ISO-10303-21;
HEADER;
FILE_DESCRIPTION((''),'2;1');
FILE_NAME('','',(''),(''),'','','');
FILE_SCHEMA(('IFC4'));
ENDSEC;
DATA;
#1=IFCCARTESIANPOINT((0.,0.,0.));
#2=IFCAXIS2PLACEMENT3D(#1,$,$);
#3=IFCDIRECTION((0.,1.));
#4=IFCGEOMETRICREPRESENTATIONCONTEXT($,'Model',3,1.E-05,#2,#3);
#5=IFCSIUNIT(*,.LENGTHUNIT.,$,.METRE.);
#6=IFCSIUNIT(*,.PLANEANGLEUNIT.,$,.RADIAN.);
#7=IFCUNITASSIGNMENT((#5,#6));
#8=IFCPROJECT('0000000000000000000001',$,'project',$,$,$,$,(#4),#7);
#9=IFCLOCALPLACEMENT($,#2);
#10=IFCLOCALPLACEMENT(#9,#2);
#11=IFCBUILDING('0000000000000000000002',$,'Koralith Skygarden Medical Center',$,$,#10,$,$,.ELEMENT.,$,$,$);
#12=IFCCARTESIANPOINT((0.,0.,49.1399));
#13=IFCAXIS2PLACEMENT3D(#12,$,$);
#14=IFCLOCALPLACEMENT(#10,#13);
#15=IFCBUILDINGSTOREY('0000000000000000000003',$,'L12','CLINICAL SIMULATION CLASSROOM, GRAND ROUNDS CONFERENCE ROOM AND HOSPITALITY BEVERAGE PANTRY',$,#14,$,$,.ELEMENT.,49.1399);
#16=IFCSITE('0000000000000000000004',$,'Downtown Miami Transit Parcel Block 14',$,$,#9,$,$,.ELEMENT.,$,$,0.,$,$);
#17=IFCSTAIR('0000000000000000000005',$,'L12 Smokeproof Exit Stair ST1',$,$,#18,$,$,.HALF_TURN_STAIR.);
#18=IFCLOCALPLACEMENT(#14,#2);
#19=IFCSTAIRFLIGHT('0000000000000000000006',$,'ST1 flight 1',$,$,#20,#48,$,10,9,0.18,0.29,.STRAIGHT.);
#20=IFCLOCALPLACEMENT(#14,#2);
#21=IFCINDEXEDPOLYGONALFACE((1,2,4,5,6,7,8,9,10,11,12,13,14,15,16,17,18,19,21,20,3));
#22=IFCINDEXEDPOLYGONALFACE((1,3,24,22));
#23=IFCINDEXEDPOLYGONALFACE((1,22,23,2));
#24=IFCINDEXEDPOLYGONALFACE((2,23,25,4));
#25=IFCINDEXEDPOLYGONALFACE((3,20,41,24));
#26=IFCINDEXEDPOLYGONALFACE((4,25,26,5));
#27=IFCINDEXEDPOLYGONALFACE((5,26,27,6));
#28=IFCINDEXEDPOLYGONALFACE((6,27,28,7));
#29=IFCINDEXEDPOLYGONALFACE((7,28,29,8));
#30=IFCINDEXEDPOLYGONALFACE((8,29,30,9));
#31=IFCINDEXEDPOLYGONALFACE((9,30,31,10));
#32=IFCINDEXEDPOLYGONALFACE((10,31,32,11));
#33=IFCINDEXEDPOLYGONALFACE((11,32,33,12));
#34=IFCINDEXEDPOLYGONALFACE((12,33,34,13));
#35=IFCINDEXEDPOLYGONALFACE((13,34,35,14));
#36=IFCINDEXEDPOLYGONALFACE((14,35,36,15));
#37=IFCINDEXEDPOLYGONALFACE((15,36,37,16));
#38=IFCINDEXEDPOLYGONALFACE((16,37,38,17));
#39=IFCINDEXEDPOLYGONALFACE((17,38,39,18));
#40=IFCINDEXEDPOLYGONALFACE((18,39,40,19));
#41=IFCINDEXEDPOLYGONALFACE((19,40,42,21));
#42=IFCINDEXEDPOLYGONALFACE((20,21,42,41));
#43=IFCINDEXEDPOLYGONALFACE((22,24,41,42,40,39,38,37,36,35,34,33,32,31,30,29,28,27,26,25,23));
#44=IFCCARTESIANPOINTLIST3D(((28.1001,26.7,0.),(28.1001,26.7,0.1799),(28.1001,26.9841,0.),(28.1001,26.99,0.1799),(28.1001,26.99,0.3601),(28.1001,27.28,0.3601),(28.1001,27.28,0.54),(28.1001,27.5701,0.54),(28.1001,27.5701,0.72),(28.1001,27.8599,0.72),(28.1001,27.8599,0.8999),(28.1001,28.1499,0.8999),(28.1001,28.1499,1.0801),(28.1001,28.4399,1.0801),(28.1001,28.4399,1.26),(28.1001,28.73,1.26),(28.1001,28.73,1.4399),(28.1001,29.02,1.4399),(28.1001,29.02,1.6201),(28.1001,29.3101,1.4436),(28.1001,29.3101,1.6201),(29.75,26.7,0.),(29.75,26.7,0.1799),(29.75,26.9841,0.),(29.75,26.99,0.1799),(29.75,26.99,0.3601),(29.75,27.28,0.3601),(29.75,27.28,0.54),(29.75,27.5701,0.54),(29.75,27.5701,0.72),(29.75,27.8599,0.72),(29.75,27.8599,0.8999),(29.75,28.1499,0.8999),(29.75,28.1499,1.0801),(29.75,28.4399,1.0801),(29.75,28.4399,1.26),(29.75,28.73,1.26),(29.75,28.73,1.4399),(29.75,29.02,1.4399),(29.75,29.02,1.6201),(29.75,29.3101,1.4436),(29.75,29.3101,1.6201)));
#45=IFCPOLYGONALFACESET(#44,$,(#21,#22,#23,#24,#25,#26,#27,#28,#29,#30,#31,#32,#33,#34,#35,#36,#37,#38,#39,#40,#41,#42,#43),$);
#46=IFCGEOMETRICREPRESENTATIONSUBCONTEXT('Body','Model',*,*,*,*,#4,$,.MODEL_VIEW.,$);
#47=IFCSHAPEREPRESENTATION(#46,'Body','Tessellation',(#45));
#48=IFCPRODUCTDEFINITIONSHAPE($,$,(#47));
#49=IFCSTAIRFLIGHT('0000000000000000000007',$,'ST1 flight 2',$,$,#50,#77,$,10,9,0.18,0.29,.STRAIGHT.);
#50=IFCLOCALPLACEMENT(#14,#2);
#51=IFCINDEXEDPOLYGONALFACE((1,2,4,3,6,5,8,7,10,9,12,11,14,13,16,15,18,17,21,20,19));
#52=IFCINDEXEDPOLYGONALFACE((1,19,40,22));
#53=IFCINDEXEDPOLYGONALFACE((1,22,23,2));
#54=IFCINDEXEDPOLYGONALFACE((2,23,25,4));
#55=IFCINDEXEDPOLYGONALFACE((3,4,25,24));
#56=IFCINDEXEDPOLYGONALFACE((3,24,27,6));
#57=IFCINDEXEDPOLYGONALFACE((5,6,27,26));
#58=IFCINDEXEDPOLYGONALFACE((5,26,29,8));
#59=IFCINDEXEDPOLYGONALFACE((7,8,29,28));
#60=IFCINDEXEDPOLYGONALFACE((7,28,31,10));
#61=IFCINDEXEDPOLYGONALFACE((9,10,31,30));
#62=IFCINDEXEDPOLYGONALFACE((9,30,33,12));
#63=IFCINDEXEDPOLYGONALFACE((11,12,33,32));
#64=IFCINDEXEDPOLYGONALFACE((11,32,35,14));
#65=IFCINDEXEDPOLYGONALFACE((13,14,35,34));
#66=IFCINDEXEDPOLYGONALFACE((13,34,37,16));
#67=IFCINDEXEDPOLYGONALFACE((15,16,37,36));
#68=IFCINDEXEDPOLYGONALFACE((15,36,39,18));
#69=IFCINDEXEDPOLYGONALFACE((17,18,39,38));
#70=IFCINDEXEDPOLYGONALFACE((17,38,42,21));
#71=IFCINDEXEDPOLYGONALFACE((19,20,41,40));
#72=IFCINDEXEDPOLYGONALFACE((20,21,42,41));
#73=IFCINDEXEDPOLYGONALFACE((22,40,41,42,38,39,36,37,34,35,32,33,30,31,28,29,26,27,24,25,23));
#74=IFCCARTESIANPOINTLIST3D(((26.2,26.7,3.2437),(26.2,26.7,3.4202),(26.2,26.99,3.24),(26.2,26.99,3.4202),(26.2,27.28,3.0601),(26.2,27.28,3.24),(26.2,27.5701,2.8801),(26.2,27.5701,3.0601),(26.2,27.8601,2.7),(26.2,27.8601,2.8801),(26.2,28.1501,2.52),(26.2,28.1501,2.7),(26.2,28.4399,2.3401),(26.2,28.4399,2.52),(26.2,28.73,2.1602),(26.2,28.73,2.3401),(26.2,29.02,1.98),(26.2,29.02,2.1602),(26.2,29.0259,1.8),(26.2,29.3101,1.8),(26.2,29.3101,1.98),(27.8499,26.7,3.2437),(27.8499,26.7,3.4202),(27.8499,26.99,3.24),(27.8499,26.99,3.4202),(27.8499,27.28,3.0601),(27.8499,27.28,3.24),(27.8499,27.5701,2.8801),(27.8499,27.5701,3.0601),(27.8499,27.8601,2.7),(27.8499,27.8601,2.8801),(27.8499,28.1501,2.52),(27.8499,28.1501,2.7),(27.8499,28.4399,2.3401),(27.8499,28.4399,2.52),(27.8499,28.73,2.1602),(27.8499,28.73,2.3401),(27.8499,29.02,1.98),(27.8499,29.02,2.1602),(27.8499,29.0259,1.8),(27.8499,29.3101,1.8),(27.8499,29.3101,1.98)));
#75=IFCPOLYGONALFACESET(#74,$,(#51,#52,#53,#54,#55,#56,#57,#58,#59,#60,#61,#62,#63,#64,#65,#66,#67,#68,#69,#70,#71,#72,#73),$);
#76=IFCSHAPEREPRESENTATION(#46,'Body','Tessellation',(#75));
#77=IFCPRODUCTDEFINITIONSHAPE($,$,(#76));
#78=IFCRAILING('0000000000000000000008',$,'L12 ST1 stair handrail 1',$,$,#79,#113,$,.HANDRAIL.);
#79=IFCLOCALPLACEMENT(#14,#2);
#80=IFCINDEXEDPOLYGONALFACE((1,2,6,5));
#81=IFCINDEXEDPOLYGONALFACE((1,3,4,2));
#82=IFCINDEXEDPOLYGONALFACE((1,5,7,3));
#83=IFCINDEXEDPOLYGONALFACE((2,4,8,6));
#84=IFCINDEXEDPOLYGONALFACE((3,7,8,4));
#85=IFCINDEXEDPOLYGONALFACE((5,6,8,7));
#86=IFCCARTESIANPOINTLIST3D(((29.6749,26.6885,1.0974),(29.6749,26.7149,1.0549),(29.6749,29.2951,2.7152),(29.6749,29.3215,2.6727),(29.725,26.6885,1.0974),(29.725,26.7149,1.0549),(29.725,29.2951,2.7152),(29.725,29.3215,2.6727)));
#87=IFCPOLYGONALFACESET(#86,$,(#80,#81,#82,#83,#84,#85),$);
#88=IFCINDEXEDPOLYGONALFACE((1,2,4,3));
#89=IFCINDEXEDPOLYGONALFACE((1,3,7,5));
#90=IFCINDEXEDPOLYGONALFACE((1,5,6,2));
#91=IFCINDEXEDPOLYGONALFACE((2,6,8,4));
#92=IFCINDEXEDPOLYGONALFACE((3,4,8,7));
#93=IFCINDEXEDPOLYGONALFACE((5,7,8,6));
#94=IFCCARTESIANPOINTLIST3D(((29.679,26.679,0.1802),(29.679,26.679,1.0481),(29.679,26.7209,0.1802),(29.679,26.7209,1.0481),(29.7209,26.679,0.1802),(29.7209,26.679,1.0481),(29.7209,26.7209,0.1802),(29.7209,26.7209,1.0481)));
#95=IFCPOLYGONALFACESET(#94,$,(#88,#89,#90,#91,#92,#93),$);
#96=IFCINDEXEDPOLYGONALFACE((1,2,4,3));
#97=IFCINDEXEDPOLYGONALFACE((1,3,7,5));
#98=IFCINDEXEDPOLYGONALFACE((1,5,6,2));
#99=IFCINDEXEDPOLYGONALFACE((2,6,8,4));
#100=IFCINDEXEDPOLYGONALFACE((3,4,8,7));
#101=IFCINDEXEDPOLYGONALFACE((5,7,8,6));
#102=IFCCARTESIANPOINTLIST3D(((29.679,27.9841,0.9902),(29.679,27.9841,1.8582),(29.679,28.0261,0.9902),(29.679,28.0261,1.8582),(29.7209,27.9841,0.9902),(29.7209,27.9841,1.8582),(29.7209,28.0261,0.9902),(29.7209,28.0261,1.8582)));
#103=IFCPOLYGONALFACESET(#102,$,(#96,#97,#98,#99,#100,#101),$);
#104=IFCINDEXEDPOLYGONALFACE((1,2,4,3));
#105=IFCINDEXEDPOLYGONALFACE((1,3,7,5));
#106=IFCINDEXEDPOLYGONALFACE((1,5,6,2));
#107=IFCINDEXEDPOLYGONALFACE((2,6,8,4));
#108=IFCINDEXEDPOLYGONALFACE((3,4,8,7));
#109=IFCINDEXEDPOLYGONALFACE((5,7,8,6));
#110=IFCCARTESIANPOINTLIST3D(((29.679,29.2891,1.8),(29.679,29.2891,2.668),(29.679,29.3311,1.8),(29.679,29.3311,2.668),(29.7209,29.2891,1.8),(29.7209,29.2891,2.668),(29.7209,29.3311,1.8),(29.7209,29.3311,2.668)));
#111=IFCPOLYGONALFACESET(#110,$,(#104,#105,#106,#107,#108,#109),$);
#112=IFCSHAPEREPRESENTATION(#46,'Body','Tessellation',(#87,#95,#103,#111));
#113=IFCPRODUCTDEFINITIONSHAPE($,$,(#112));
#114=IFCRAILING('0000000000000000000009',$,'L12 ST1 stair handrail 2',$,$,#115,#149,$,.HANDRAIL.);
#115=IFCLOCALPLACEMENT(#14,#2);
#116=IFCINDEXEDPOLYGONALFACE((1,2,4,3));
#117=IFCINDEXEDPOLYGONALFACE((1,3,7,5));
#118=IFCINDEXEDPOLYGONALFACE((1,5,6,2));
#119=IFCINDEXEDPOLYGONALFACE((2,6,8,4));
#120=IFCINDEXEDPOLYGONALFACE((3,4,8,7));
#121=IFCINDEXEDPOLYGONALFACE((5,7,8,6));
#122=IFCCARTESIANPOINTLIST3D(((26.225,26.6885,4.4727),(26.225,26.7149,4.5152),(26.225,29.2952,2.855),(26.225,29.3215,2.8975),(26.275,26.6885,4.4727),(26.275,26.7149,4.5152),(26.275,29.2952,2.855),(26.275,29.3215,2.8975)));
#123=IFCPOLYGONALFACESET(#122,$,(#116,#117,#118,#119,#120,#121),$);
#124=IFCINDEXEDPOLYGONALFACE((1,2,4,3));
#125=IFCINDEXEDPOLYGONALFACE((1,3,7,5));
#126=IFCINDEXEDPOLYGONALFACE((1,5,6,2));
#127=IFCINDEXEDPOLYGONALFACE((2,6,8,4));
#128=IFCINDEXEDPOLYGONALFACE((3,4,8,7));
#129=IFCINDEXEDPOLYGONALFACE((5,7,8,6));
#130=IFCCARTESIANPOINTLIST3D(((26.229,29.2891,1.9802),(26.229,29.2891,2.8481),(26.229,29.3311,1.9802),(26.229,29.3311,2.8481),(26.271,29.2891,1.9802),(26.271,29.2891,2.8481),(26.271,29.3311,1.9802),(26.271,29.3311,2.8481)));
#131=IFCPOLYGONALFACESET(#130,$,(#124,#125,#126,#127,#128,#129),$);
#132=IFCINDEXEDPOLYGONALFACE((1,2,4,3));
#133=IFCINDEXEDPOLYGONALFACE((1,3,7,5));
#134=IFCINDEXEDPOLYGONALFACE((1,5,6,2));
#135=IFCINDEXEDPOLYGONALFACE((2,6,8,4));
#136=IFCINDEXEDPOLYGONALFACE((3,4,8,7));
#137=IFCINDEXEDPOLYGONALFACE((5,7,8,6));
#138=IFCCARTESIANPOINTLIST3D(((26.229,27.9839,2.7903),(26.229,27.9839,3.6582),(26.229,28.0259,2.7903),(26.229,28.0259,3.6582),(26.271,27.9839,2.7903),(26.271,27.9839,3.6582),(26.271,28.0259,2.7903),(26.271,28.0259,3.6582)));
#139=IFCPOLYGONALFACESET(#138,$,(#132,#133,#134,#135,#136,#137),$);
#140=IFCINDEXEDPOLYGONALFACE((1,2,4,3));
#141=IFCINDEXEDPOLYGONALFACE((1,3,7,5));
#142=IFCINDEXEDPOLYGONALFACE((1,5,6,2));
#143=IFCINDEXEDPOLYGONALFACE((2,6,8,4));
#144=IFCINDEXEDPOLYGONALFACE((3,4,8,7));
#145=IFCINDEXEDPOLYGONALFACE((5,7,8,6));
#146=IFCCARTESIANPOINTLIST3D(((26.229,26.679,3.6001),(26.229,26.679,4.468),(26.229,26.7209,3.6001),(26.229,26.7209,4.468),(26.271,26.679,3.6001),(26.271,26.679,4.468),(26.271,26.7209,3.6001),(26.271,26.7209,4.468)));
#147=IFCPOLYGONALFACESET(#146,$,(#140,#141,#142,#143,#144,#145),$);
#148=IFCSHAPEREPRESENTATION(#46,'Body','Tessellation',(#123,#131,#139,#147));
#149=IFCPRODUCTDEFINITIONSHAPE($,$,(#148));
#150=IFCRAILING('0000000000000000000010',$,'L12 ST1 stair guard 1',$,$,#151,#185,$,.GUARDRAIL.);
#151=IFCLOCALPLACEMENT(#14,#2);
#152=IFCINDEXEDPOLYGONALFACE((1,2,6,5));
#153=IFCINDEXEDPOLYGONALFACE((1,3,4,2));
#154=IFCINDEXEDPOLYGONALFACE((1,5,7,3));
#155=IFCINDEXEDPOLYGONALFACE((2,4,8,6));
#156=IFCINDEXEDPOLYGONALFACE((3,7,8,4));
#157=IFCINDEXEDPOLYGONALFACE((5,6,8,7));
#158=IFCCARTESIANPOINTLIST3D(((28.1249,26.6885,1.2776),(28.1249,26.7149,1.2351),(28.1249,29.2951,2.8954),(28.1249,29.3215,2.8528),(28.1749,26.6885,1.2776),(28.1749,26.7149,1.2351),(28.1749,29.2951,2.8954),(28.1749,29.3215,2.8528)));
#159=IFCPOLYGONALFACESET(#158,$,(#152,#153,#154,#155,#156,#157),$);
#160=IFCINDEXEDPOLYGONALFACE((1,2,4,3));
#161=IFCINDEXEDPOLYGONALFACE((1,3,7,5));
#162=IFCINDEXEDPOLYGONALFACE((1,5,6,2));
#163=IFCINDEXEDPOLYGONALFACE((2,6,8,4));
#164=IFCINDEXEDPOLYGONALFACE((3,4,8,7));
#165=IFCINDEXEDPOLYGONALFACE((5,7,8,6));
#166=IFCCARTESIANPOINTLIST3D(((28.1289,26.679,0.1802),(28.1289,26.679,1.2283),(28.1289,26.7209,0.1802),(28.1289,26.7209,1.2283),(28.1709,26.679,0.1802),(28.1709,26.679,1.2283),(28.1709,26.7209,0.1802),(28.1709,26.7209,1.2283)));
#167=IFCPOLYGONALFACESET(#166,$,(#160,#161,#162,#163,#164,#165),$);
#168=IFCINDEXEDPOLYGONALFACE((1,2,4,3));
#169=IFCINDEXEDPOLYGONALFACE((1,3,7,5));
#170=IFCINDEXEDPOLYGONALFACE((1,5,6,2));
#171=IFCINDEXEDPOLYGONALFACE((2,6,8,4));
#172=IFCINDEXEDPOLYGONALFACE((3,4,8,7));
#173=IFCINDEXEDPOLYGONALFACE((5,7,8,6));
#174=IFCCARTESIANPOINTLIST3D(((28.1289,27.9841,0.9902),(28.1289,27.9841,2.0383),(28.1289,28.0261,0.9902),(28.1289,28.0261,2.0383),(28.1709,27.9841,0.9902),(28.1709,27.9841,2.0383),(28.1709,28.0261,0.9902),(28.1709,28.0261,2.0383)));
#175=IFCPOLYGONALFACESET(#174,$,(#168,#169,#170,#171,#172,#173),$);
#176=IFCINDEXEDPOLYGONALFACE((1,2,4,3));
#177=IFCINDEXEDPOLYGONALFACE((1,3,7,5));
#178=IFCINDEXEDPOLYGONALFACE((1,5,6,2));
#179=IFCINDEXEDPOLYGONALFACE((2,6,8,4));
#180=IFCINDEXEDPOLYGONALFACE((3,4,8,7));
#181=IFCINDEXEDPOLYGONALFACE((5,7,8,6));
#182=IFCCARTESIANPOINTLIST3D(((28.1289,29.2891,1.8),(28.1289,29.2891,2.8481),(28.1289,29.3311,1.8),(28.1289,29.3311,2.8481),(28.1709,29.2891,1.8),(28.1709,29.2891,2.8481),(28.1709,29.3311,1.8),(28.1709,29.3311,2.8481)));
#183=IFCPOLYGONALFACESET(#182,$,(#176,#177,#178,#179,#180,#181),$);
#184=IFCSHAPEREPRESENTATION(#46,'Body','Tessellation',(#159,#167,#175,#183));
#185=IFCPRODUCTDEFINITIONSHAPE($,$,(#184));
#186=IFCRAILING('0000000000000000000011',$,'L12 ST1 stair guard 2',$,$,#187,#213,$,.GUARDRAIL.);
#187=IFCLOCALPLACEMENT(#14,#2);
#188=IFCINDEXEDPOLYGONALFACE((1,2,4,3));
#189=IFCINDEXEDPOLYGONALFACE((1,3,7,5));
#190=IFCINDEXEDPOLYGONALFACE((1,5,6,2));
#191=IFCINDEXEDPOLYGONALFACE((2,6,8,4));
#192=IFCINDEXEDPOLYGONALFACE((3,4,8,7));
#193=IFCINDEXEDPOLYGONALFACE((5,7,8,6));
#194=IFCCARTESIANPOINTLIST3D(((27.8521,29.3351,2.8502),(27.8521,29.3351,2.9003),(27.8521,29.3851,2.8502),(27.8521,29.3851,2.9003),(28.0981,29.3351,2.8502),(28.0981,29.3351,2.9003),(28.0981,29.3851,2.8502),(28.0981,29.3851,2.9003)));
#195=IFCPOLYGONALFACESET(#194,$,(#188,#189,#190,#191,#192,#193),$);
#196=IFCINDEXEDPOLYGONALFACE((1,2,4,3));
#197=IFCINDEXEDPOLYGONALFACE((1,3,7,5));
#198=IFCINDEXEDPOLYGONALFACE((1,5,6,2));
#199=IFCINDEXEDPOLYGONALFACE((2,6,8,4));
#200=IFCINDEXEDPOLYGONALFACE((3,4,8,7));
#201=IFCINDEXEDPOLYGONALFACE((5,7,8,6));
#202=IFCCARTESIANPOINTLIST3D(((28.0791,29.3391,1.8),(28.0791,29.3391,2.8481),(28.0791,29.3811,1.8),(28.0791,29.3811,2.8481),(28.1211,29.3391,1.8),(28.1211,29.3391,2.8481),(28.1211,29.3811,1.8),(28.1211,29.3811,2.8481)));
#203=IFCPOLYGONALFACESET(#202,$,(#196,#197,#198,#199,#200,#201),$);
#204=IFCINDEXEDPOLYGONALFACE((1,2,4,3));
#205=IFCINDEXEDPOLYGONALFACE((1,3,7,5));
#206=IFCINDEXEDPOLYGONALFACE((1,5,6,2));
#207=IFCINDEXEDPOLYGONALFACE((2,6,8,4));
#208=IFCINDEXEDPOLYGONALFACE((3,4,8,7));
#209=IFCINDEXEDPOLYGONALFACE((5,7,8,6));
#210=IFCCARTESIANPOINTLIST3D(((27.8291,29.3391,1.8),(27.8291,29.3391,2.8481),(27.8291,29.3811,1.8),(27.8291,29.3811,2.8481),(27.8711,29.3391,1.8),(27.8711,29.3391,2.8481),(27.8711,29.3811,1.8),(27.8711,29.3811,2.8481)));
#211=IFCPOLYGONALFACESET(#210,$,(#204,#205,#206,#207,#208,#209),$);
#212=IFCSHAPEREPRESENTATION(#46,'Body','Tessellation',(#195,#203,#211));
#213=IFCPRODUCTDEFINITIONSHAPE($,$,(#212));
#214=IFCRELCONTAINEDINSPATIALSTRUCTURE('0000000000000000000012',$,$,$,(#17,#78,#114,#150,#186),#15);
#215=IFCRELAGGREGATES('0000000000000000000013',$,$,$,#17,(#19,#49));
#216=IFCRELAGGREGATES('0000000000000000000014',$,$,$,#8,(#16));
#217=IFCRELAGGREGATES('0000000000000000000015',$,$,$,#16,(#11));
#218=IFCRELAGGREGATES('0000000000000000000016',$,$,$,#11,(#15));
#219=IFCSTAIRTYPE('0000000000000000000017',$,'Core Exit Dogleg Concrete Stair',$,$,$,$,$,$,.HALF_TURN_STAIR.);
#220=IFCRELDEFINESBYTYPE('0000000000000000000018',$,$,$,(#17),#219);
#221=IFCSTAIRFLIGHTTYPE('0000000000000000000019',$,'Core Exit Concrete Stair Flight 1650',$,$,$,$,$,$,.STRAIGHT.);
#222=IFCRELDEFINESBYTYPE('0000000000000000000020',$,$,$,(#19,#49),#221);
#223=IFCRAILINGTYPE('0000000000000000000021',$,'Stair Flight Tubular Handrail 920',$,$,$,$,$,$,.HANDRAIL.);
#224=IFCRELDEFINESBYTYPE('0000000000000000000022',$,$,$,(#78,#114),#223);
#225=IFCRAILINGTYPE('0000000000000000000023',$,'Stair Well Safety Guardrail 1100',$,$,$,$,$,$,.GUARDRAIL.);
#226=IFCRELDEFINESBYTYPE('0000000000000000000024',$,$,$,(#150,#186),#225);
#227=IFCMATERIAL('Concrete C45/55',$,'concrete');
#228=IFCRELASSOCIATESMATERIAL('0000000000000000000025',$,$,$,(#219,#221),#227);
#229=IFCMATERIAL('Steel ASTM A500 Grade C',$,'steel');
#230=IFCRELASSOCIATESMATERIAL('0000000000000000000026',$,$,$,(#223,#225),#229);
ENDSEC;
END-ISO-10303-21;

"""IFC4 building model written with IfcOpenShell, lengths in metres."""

from ifc_helpers import new_model, si_unit, direction, frame, origin, origin_2d, place, context, subcontext, project, spatial, polyline, rectangle, outline, extrude, material, type_object, element, aggregate, save


model = new_model("IFC4")

# Units and contexts
model_context = context("Model", 3, precision=1e-05, world=origin(), true_north=direction((0.0, 1.0)))
body_context = subcontext(model_context, "Body", "Model", "MODEL_VIEW")
ifc_project = project(units=[si_unit("LENGTHUNIT", "METRE"), si_unit("PLANEANGLEUNIT", "RADIAN")], contexts=[model_context])

# Site, building, storey
site_placement = place(None, origin())
site = spatial("IfcSite", under=ifc_project, at=site_placement, Name="Downtown Miami Transit Parcel Block 14", CompositionType="ELEMENT", RefElevation=0.0)
building_placement = place(site_placement, origin())
building = spatial("IfcBuilding", under=site, at=building_placement, Name="Koralith Skygarden Medical Center", CompositionType="ELEMENT")
storey_placement = place(building_placement, frame((0.0, 0.0, 49.1399)))
storey = spatial("IfcBuildingStorey", under=building, at=storey_placement, Name="L12", Description="CLINICAL SIMULATION CLASSROOM, GRAND ROUNDS CONFERENCE ROOM AND HOSPITALITY BEVERAGE PANTRY", CompositionType="ELEMENT", Elevation=49.1399)

# Shared definitions
ifc_material_1 = material(Name="Concrete C45/55", Category="concrete")

# Shared definitions
ifc_material_2 = material(Name="Steel ASTM A500 Grade C", Category="steel")

# Stair, stair flights
stair_type = type_object("IfcStairType", Name="Core Exit Dogleg Concrete Stair", PredefinedType="HALF_TURN_STAIR", material=ifc_material_1)
stair_placement = place(storey_placement, origin())
stair = element("IfcStair", 1, at=stair_placement, inside=storey, type_object=stair_type, Name="L12 Smokeproof Exit Stair ST1", PredefinedType="HALF_TURN_STAIR")
stair_flight_type = type_object("IfcStairFlightType", Name="Core Exit Concrete Stair Flight 1650", PredefinedType="STRAIGHT", material=ifc_material_1)
stair_flight_1_placement = place(storey_placement, frame((28.925, 26.7, 0.0), z_axis=(0.0, 0.0, 1.0), x_axis=(0.0, 1.0, 0.0)))
stair_flight_1 = element("IfcStairFlight", 2, at=stair_flight_1_placement, type_object=stair_flight_type, Name="ST1 flight 1", NumberOfRisers=10, NumberOfTreads=9, PredefinedType="STRAIGHT", RiserHeight=0.18, TreadLength=0.29, context=body_context, shape_type="SweptSolid", body=[
    extrude(outline(polyline([(0.0, 0.0), (0.0, 0.1799), (0.29, 0.1799), (0.29, 0.3601), (0.5801, 0.3601), (0.5801, 0.54), (0.8701, 0.54), (0.8701, 0.72), (1.1599, 0.72), (1.1599, 0.8999), (1.45, 0.8999), (1.45, 1.0801), (1.74, 1.0801), (1.74, 1.26), (2.03, 1.26), (2.03, 1.4399), (2.3201, 1.4399), (2.3201, 1.6201), (2.6101, 1.6201), (2.6101, 1.8), (2.6101, 1.4436), (0.2842, 0.0), (0.0, 0.0)])), frame((0.0, 0.825, 0.0), z_axis=(0.0, -1.0, 0.0), x_axis=(1.0, 0.0, 0.0)), (0.0, 0.0, 1.0), 1.6499),
])
stair_flight_2_placement = place(storey_placement, frame((27.0249, 29.3101, 1.8), z_axis=(0.0, 0.0, 1.0), x_axis=(0.0, -1.0, 0.0)))
stair_flight_2 = element("IfcStairFlight", 3, at=stair_flight_2_placement, type_object=stair_flight_type, Name="ST1 flight 2", NumberOfRisers=10, NumberOfTreads=9, PredefinedType="STRAIGHT", RiserHeight=0.18, TreadLength=0.29, context=body_context, shape_type="SweptSolid", body=[
    extrude(outline(polyline([(0.0, 0.0), (0.0, 0.1799), (0.29, 0.1799), (0.29, 0.3601), (0.5801, 0.3601), (0.5801, 0.54), (0.8701, 0.54), (0.8701, 0.72), (1.1599, 0.72), (1.1599, 0.8999), (1.45, 0.8999), (1.45, 1.0801), (1.74, 1.0801), (1.74, 1.26), (2.03, 1.26), (2.03, 1.4399), (2.3201, 1.4399), (2.3201, 1.6201), (2.6101, 1.6201), (2.6101, 1.8), (2.6101, 1.4436), (0.2842, 0.0), (0.0, 0.0)])), frame((0.0, 0.825, 0.0), z_axis=(0.0, -1.0, 0.0), x_axis=(1.0, 0.0, 0.0)), (0.0, 0.0, 1.0), 1.6499),
])
aggregate(stair, [stair_flight_1, stair_flight_2])

# Railings
railing_type_1 = type_object("IfcRailingType", Name="Stair Flight Tubular Handrail 920", PredefinedType="HANDRAIL", material=ifc_material_2)
railing_1_placement = place(storey_placement, frame((29.7, 26.7, 0.1802)))
element("IfcRailing", 4, at=railing_1_placement, inside=storey, type_object=railing_type_1, Name="L12 ST1 stair handrail 1", PredefinedType="HANDRAIL", context=body_context, shape_type="SweptSolid", body=[
    extrude(rectangle(XDim=0.05, YDim=0.05, at=origin_2d()), frame((0.0, 0.0017, 0.896), z_axis=(0.0, 0.849668, 0.527317), x_axis=(-1.0, 0.0, 0.0)), (0.0, 0.0, 1.0), 3.0679),
    extrude(rectangle(XDim=0.042, YDim=0.042, at=origin_2d()), origin(), (0.0, 0.0, 1.0), 0.8679),
    extrude(rectangle(XDim=0.042, YDim=0.042, at=origin_2d()), frame((0.0, 1.3052, 0.8101)), (0.0, 0.0, 1.0), 0.8679),
    extrude(rectangle(XDim=0.042, YDim=0.042, at=origin_2d()), frame((0.0, 2.6101, 1.6199)), (0.0, 0.0, 1.0), 0.8679),
])
railing_2_placement = place(storey_placement, frame((26.25, 29.3101, 1.9802)))
element("IfcRailing", 5, at=railing_2_placement, inside=storey, type_object=railing_type_1, Name="L12 ST1 stair handrail 2", PredefinedType="HANDRAIL", context=body_context, shape_type="SweptSolid", body=[
    extrude(rectangle(XDim=0.05, YDim=0.05, at=origin_2d()), frame((0.0, -0.0017, 0.896), z_axis=(0.0, -0.849668, 0.527317), x_axis=(1.0, 0.0, 0.0)), (0.0, 0.0, 1.0), 3.0679),
    extrude(rectangle(XDim=0.042, YDim=0.042, at=origin_2d()), origin(), (0.0, 0.0, 1.0), 0.8679),
    extrude(rectangle(XDim=0.042, YDim=0.042, at=origin_2d()), frame((0.0, -1.3052, 0.8101)), (0.0, 0.0, 1.0), 0.8679),
    extrude(rectangle(XDim=0.042, YDim=0.042, at=origin_2d()), frame((0.0, -2.6101, 1.6199)), (0.0, 0.0, 1.0), 0.8679),
])
railing_type_2 = type_object("IfcRailingType", Name="Stair Well Safety Guardrail 1100", PredefinedType="GUARDRAIL", material=ifc_material_2)
railing_3_placement = place(storey_placement, frame((28.1499, 26.7, 0.1802)))
element("IfcRailing", 6, at=railing_3_placement, inside=storey, type_object=railing_type_2, Name="L12 ST1 stair guard 1", PredefinedType="GUARDRAIL", context=body_context, shape_type="SweptSolid", body=[
    extrude(rectangle(XDim=0.05, YDim=0.05, at=origin_2d()), frame((0.0, 0.0017, 1.0762), z_axis=(0.0, 0.849668, 0.527317), x_axis=(-1.0, 0.0, 0.0)), (0.0, 0.0, 1.0), 3.0679),
    extrude(rectangle(XDim=0.042, YDim=0.042, at=origin_2d()), origin(), (0.0, 0.0, 1.0), 1.0481),
    extrude(rectangle(XDim=0.042, YDim=0.042, at=origin_2d()), frame((0.0, 1.3052, 0.8101)), (0.0, 0.0, 1.0), 1.0481),
    extrude(rectangle(XDim=0.042, YDim=0.042, at=origin_2d()), frame((0.0, 2.6101, 1.6199)), (0.0, 0.0, 1.0), 1.0481),
])
railing_4_placement = place(storey_placement, frame((28.1001, 29.3601, 1.8)))
element("IfcRailing", 7, at=railing_4_placement, inside=storey, type_object=railing_type_2, Name="L12 ST1 stair guard 2", PredefinedType="GUARDRAIL", context=body_context, shape_type="SweptSolid", body=[
    extrude(rectangle(XDim=0.05, YDim=0.05, at=origin_2d()), frame((-0.002, 0.0, 1.0752), z_axis=(-1.0, 0.0, 0.0), x_axis=(0.0, -1.0, 0.0)), (0.0, 0.0, 1.0), 0.2461),
    extrude(rectangle(XDim=0.042, YDim=0.042, at=origin_2d()), origin(), (0.0, 0.0, 1.0), 1.0481),
    extrude(rectangle(XDim=0.042, YDim=0.042, at=origin_2d()), frame((-0.25, 0.0, 0.0)), (0.0, 0.0, 1.0), 1.0481),
])

save(model, "model.ifc")
